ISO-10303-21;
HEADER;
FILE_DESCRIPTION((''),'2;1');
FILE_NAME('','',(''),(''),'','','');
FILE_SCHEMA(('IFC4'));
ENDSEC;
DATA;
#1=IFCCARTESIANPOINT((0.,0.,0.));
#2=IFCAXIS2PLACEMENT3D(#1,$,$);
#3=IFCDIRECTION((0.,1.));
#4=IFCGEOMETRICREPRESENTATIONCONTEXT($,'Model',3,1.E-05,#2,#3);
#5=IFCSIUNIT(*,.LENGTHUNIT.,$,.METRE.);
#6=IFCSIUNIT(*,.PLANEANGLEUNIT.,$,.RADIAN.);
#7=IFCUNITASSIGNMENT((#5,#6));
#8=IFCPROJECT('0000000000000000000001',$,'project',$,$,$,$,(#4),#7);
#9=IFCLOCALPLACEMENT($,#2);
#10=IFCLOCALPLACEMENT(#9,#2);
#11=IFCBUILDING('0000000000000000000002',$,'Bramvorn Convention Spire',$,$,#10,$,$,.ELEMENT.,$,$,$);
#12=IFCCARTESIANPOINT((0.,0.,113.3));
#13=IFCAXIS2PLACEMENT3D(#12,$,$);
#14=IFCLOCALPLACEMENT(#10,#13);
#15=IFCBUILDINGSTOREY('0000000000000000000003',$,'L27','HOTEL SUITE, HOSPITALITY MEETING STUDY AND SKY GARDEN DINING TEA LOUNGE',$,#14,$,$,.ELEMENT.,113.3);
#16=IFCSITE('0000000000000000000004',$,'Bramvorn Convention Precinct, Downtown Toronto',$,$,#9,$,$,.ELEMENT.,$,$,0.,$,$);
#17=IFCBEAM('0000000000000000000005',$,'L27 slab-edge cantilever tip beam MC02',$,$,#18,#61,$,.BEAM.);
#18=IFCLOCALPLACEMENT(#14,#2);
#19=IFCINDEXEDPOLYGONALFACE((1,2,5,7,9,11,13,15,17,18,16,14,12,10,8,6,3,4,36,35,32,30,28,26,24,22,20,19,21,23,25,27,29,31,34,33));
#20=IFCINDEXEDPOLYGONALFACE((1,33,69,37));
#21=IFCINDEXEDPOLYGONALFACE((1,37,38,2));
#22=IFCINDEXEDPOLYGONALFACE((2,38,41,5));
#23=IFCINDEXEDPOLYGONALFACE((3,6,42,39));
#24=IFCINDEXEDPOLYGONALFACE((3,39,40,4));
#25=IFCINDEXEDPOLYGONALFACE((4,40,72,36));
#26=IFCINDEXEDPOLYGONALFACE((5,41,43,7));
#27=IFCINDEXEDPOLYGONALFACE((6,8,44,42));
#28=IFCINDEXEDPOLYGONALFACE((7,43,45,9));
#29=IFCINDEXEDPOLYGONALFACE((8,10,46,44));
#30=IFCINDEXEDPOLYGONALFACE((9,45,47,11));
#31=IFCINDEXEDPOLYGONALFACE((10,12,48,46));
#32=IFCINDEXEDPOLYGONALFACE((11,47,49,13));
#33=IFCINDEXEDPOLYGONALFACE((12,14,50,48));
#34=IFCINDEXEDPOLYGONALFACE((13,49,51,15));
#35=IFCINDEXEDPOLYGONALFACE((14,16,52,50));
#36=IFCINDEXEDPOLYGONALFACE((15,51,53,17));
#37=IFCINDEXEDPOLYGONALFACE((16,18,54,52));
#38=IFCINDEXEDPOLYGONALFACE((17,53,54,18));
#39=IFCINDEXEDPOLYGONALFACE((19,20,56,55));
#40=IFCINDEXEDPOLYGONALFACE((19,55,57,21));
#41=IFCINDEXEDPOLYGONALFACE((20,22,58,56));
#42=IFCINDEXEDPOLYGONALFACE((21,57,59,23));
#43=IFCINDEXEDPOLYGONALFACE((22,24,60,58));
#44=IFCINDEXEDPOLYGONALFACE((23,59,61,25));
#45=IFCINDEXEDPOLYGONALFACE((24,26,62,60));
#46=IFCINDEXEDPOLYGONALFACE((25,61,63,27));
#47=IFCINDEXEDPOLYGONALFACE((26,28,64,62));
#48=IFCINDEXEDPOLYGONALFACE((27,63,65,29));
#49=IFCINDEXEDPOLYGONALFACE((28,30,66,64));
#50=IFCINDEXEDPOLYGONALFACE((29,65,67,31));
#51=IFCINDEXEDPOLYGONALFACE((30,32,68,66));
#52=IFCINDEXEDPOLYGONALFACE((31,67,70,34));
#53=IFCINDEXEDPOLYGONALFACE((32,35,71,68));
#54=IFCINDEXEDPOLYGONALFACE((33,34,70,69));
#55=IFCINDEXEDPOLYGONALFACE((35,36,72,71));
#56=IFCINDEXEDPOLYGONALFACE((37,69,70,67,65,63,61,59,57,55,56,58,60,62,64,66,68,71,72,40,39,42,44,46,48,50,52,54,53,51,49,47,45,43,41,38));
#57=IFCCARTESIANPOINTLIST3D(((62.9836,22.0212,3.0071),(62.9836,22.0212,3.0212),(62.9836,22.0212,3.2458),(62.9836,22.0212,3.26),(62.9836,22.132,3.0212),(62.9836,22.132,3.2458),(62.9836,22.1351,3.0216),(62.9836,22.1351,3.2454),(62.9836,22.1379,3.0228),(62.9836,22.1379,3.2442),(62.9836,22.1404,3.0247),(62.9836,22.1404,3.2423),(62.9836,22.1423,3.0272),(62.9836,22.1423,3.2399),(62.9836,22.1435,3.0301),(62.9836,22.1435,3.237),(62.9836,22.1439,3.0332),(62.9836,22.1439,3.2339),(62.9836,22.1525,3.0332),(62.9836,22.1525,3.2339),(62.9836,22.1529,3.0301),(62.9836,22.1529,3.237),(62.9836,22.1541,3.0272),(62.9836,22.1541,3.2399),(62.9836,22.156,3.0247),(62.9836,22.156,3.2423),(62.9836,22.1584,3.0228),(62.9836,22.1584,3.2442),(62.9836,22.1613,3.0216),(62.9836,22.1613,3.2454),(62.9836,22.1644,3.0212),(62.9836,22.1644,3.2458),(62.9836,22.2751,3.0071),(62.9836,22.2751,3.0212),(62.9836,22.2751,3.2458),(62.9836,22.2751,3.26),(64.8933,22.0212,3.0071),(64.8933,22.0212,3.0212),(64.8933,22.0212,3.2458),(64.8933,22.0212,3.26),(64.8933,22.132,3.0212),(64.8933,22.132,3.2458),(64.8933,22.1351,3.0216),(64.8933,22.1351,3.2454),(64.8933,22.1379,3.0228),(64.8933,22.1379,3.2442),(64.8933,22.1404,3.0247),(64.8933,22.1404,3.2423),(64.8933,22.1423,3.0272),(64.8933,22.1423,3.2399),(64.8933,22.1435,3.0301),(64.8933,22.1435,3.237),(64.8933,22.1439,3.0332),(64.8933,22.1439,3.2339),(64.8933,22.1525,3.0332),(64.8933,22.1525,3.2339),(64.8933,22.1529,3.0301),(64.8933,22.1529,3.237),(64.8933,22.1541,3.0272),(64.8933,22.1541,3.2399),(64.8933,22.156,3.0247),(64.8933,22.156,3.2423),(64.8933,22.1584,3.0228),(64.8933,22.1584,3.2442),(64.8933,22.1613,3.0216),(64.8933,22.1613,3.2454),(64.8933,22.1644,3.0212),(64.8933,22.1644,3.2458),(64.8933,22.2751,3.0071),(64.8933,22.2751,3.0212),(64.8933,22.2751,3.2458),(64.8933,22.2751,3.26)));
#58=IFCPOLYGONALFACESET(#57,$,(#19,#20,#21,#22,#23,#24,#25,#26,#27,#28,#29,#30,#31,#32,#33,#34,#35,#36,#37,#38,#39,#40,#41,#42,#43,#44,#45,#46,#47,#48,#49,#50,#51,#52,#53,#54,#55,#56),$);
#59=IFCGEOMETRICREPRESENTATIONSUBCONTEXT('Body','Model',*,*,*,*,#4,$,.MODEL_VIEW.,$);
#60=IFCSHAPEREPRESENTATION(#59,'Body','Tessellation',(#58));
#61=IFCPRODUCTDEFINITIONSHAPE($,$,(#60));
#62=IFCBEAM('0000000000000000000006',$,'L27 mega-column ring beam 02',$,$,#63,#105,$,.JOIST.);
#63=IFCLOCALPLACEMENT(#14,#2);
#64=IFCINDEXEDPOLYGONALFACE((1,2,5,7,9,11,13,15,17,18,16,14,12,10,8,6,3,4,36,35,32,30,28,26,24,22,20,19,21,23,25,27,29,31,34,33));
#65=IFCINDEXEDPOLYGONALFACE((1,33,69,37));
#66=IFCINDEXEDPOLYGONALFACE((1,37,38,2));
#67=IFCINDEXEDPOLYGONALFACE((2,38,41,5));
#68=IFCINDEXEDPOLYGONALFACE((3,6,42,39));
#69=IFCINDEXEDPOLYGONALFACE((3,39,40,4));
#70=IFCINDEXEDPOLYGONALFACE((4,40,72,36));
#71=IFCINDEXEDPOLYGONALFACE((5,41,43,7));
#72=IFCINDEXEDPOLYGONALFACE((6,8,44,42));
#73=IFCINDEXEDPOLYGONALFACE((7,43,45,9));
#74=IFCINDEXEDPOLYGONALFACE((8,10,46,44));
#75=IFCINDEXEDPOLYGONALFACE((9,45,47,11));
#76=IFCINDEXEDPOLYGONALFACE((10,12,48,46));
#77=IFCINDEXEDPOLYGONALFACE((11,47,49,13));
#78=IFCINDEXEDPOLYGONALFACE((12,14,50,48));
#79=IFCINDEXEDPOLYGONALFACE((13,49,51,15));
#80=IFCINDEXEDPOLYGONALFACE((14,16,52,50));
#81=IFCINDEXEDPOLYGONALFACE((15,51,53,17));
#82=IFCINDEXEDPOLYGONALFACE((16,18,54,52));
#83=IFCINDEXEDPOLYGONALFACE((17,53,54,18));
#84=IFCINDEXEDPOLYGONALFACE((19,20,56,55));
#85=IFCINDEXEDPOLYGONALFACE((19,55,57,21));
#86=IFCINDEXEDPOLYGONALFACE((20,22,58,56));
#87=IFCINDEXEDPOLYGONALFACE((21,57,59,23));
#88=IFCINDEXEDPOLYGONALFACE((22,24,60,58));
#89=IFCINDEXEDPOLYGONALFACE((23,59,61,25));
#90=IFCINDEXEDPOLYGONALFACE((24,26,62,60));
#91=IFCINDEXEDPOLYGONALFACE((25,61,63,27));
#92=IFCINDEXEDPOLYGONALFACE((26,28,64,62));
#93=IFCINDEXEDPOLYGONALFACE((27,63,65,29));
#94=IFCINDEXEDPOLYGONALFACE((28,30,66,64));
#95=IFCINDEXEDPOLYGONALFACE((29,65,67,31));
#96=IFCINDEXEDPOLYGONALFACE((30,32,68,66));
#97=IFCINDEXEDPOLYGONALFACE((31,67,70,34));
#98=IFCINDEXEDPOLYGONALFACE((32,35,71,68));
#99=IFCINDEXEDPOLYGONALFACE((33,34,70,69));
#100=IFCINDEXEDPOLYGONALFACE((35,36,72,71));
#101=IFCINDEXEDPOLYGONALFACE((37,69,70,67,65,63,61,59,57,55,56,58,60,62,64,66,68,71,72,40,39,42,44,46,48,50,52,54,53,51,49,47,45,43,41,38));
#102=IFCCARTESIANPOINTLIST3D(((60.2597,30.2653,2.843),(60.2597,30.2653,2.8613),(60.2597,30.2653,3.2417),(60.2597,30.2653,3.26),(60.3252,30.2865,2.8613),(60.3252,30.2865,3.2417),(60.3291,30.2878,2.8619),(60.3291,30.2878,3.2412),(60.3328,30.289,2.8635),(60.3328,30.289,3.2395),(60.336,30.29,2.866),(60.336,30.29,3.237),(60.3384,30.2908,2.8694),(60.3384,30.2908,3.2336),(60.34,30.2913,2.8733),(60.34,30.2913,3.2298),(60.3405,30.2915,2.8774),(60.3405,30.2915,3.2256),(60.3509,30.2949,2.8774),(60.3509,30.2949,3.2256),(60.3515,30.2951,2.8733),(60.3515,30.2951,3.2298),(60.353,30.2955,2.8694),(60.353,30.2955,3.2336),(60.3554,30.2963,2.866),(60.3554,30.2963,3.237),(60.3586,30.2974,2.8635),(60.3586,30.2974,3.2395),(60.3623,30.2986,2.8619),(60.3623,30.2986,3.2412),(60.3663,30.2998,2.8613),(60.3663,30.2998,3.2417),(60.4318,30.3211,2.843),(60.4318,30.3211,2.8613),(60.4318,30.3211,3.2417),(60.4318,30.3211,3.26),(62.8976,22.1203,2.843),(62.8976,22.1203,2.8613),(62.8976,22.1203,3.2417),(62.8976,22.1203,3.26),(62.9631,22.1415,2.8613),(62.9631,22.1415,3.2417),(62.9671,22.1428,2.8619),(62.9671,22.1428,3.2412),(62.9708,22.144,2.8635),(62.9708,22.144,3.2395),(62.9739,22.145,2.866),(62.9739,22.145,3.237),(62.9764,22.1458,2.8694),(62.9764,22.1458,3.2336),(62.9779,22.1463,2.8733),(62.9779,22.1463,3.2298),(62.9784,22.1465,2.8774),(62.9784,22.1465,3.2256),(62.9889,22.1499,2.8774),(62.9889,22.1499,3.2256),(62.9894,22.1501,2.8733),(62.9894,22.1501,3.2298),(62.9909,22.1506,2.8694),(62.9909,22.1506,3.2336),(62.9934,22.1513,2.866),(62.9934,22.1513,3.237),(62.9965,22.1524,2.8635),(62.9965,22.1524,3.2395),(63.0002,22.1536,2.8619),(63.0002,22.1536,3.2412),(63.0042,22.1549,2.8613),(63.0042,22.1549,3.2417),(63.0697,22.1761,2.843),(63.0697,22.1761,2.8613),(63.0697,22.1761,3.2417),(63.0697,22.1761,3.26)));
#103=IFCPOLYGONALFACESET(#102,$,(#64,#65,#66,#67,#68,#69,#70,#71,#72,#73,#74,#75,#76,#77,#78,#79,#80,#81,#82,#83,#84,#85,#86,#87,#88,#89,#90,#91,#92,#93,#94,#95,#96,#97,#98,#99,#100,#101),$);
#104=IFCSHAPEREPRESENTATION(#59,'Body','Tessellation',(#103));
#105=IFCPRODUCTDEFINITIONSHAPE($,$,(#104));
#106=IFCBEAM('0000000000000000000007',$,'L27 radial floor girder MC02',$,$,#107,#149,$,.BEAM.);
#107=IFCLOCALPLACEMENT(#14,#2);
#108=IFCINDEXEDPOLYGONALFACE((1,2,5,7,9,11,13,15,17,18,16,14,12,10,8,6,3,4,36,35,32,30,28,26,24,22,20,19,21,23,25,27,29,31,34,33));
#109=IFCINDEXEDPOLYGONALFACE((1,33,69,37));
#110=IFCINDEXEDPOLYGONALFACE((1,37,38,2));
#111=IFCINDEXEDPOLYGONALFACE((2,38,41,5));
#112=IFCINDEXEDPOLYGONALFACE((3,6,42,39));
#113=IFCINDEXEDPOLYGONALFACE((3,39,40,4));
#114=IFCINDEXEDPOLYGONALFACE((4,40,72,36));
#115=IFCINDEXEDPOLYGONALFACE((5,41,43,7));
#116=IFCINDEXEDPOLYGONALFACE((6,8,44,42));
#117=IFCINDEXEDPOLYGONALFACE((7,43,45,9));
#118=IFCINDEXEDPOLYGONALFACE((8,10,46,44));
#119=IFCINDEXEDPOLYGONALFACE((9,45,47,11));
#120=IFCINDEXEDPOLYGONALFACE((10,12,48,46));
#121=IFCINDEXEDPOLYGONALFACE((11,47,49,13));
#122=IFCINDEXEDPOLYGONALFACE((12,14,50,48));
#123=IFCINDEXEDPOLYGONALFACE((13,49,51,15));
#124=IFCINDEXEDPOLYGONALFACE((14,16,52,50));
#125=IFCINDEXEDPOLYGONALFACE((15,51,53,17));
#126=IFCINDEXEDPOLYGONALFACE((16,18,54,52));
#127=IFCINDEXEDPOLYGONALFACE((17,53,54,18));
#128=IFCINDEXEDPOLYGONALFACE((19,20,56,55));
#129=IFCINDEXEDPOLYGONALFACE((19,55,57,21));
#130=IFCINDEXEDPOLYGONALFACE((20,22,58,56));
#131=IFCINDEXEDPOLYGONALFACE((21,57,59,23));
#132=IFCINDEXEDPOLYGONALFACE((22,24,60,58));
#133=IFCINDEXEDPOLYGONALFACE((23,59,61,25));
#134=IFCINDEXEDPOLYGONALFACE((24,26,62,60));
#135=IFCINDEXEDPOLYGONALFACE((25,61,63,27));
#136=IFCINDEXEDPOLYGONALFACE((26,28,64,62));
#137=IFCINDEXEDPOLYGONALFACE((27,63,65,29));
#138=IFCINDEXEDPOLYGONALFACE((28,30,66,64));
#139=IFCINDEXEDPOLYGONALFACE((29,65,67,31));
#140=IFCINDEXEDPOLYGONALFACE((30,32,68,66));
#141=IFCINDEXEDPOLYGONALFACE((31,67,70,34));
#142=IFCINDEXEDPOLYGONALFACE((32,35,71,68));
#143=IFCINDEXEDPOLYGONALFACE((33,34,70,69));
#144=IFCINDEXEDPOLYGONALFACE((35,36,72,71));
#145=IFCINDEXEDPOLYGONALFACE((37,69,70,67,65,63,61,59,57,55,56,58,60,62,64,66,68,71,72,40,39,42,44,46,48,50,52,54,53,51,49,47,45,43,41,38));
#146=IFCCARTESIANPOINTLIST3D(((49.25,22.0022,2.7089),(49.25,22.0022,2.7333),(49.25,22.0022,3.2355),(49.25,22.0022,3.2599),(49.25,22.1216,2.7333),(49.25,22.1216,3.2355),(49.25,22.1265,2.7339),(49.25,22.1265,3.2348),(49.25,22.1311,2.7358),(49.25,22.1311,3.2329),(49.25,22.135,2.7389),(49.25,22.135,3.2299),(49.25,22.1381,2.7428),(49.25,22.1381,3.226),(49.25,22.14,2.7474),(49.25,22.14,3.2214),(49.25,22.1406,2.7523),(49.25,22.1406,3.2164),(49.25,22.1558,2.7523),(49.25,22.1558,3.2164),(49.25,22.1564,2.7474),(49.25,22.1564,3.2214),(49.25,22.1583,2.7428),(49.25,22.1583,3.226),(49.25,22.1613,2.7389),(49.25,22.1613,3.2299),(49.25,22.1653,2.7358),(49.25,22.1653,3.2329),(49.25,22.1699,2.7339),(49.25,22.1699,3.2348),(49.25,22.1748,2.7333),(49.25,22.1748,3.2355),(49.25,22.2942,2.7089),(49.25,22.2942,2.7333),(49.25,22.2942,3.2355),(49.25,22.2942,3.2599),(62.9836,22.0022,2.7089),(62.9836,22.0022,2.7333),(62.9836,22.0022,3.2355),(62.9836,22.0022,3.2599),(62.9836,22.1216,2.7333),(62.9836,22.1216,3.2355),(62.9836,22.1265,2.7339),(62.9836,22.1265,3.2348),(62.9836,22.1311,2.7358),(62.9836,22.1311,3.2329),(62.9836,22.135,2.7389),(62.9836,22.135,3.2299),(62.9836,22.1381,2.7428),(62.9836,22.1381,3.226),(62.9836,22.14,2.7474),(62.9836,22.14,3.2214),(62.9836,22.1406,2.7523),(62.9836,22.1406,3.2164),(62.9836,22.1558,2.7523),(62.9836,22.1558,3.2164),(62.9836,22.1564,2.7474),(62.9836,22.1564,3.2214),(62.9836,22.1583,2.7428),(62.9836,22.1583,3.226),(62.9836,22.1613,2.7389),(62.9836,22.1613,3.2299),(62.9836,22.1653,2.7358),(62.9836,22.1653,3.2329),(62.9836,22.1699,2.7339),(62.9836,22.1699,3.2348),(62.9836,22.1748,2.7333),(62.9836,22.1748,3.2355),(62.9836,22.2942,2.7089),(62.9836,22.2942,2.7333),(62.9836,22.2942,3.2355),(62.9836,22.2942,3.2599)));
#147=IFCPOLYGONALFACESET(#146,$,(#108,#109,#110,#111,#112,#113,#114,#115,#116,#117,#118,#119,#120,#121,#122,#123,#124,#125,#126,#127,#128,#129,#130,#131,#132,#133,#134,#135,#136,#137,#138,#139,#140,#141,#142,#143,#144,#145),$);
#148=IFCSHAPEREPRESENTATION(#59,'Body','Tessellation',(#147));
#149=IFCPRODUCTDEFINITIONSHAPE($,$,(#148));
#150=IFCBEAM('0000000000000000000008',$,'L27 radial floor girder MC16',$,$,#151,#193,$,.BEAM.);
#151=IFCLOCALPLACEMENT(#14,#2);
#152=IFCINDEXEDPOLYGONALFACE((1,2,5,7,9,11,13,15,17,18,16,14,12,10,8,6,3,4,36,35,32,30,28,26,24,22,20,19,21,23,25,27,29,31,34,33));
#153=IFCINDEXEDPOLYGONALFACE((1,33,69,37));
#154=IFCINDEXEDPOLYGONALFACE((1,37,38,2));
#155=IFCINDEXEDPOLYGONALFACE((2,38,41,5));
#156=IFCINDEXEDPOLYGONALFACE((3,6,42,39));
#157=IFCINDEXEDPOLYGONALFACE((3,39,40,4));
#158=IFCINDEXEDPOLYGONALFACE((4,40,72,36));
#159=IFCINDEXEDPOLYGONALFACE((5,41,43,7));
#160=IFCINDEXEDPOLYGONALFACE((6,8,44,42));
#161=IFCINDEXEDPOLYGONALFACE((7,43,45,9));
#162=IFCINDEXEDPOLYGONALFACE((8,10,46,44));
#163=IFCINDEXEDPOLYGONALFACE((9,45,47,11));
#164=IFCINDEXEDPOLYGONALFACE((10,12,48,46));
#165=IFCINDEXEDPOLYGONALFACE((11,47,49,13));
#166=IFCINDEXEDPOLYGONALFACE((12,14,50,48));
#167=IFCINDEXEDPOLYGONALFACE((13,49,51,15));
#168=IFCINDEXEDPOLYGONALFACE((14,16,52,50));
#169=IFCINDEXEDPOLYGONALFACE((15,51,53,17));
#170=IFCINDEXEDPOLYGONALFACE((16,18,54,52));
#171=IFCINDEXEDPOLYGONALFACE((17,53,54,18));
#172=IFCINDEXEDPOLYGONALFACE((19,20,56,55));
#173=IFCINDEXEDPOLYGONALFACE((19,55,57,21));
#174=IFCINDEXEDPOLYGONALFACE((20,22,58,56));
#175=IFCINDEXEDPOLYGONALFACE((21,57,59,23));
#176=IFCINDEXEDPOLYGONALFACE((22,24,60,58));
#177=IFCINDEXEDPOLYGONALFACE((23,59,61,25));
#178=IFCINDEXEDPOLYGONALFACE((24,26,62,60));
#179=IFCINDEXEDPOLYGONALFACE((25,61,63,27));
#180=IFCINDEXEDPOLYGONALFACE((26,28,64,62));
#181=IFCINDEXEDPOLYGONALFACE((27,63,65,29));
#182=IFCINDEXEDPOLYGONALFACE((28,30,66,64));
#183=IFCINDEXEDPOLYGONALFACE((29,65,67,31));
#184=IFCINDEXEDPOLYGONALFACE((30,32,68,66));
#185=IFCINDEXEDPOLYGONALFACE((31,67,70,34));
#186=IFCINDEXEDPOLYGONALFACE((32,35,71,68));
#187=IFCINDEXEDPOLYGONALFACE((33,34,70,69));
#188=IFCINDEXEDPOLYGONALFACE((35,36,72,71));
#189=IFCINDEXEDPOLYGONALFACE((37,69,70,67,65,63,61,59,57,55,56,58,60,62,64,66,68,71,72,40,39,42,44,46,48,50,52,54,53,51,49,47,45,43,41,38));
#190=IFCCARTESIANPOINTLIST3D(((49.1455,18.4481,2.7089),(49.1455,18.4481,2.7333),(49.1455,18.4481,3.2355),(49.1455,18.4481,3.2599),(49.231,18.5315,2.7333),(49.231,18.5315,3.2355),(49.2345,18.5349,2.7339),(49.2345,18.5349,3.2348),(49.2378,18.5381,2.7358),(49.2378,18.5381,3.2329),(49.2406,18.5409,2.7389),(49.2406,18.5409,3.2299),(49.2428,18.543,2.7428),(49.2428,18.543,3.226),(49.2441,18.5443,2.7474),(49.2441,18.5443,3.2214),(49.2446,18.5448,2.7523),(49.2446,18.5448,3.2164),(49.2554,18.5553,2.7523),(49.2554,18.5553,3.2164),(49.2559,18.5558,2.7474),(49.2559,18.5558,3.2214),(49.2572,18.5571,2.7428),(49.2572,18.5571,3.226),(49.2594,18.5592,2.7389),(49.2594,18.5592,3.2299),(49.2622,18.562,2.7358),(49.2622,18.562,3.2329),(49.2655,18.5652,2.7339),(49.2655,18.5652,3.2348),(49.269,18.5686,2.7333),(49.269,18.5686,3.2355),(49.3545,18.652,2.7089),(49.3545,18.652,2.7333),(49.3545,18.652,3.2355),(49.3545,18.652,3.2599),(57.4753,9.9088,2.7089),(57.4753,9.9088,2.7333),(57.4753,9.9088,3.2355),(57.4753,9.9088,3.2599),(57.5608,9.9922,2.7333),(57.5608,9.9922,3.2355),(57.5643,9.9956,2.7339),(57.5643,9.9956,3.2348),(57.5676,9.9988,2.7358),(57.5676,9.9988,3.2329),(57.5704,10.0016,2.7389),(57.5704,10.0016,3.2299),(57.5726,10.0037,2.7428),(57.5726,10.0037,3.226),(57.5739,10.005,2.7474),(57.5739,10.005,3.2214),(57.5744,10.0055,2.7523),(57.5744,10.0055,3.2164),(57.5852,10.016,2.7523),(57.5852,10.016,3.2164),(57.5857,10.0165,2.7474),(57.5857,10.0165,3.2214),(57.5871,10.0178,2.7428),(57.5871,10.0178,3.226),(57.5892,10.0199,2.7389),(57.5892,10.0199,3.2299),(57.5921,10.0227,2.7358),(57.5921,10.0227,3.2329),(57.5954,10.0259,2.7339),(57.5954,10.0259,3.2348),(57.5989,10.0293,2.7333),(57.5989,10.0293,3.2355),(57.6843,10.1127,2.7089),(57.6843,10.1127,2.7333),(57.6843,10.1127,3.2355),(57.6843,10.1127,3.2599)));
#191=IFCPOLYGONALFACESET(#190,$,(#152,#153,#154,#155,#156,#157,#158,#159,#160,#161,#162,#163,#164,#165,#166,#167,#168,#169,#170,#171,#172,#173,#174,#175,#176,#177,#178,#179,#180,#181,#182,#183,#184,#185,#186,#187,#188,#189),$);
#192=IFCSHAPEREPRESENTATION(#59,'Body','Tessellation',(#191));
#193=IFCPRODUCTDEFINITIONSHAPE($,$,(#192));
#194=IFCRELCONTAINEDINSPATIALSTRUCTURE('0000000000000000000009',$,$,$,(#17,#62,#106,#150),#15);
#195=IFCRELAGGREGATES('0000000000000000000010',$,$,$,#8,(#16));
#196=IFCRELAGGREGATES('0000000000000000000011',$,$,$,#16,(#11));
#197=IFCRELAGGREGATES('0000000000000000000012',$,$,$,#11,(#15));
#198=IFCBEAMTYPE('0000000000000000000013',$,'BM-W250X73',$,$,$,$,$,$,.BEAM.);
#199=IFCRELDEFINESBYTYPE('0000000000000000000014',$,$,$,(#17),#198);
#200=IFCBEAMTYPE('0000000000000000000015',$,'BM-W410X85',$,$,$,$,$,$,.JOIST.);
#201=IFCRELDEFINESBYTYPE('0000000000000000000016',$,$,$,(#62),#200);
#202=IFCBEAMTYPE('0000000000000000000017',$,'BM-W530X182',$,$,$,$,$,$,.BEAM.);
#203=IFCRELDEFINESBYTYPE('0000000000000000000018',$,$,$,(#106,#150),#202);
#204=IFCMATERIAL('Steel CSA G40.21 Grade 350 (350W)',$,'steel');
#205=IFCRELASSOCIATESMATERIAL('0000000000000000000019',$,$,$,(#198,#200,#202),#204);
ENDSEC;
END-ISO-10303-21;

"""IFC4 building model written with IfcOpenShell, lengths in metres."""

from ifc_helpers import new_model, si_unit, direction, frame, origin, origin_2d, place, context, subcontext, project, spatial, i_section, extrude, material, material_profile, profile_set, type_object, element, save


model = new_model("IFC4")

# Units and contexts
model_context = context("Model", 3, precision=1e-05, world=origin(), true_north=direction((0.0, 1.0)))
body_context = subcontext(model_context, "Body", "Model", "MODEL_VIEW")
ifc_project = project(units=[si_unit("LENGTHUNIT", "METRE"), si_unit("PLANEANGLEUNIT", "RADIAN")], contexts=[model_context])

# Site, building, storey
site_placement = place(None, origin())
site = spatial("IfcSite", under=ifc_project, at=site_placement, Name="Bramvorn Convention Precinct, Downtown Toronto", CompositionType="ELEMENT", RefElevation=0.0)
building_placement = place(site_placement, origin())
building = spatial("IfcBuilding", under=site, at=building_placement, Name="Bramvorn Convention Spire", CompositionType="ELEMENT")
storey_placement = place(building_placement, frame((0.0, 0.0, 113.3)))
storey = spatial("IfcBuildingStorey", under=building, at=storey_placement, Name="L27", Description="HOTEL SUITE, HOSPITALITY MEETING STUDY AND SKY GARDEN DINING TEA LOUNGE", CompositionType="ELEMENT", Elevation=113.3)

# Shared definitions
ifc_material_1 = material(Name="Steel CSA G40.21 Grade 350 (350W)", Category="steel")

# Beams
ifc_material_profile_1 = material_profile(ifc_material_1, i_section(OverallWidth=0.2539, OverallDepth=0.2529, WebThickness=0.0085, FlangeThickness=0.0142, FilletRadius=0.012, at=origin_2d()))
ifc_profile_set_1 = profile_set([ifc_material_profile_1], Name="Steel CSA G40.21 Grade 350 (350W) - W250X73")
beam_type_1 = type_object("IfcBeamType", Name="BM-W250X73", PredefinedType="BEAM", material=ifc_profile_set_1)
beam_1_placement = place(storey_placement, frame((62.9836, 22.1482, 3.1335), z_axis=(1.0, 0.0, 0.0), x_axis=(0.0, 1.0, 0.0)))
element("IfcBeam", 1, at=beam_1_placement, inside=storey, type_object=beam_type_1, Name="L27 slab-edge cantilever tip beam MC02", PredefinedType="BEAM", context=body_context, shape_type="SweptSolid", body=[
    extrude(i_section(OverallWidth=0.2539, OverallDepth=0.2529, WebThickness=0.0085, FlangeThickness=0.0142, FilletRadius=0.012, at=origin_2d()), origin(), (0.0, 0.0, 1.0), 1.9097),
])
ifc_material_profile_2 = material_profile(ifc_material_1, i_section(OverallWidth=0.1809, OverallDepth=0.417, WebThickness=0.011, FlangeThickness=0.0183, FilletRadius=0.0161, at=origin_2d()))
ifc_profile_set_2 = profile_set([ifc_material_profile_2], Name="Steel CSA G40.21 Grade 350 (350W) - W410X85")
beam_type_2 = type_object("IfcBeamType", Name="BM-W410X85", PredefinedType="JOIST", material=ifc_profile_set_2)
beam_2_placement = place(storey_placement, frame((62.9836, 22.1482, 3.0515), z_axis=(-0.308115, 0.951349, 0.0), x_axis=(-0.951349, -0.308115, 0.0)))
element("IfcBeam", 2, at=beam_2_placement, inside=storey, type_object=beam_type_2, Name="L27 mega-column ring beam 02", PredefinedType="JOIST", context=body_context, shape_type="SweptSolid", body=[
    extrude(i_section(OverallWidth=0.1809, OverallDepth=0.417, WebThickness=0.011, FlangeThickness=0.0183, FilletRadius=0.0161, at=origin_2d()), origin(), (0.0, 0.0, 1.0), 8.5615),
])
ifc_material_profile_3 = material_profile(ifc_material_1, i_section(OverallWidth=0.292, OverallDepth=0.551, WebThickness=0.0151, FlangeThickness=0.0244, FilletRadius=0.019, at=origin_2d()))
ifc_profile_set_3 = profile_set([ifc_material_profile_3], Name="Steel CSA G40.21 Grade 350 (350W) - W530X182")
beam_type_3 = type_object("IfcBeamType", Name="BM-W530X182", PredefinedType="BEAM", material=ifc_profile_set_3)
beam_3_placement = place(storey_placement, frame((49.25, 22.1482, 2.9844), z_axis=(1.0, 0.0, 0.0), x_axis=(0.0, 1.0, 0.0)))
element("IfcBeam", 3, at=beam_3_placement, inside=storey, type_object=beam_type_3, Name="L27 radial floor girder MC02", PredefinedType="BEAM", context=body_context, shape_type="SweptSolid", body=[
    extrude(i_section(OverallWidth=0.292, OverallDepth=0.551, WebThickness=0.0151, FlangeThickness=0.0244, FilletRadius=0.019, at=origin_2d()), origin(), (0.0, 0.0, 1.0), 13.7336),
])
beam_4_placement = place(storey_placement, frame((49.25, 18.55, 2.9844), z_axis=(0.698272, -0.715832, 0.0), x_axis=(0.715832, 0.698272, 0.0)))
element("IfcBeam", 4, at=beam_4_placement, inside=storey, type_object=beam_type_3, Name="L27 radial floor girder MC16", PredefinedType="BEAM", context=body_context, shape_type="SweptSolid", body=[
    extrude(i_section(OverallWidth=0.292, OverallDepth=0.551, WebThickness=0.0151, FlangeThickness=0.0244, FilletRadius=0.019, at=origin_2d()), origin(), (0.0, 0.0, 1.0), 11.9292),
])

save(model, "model.ifc")
